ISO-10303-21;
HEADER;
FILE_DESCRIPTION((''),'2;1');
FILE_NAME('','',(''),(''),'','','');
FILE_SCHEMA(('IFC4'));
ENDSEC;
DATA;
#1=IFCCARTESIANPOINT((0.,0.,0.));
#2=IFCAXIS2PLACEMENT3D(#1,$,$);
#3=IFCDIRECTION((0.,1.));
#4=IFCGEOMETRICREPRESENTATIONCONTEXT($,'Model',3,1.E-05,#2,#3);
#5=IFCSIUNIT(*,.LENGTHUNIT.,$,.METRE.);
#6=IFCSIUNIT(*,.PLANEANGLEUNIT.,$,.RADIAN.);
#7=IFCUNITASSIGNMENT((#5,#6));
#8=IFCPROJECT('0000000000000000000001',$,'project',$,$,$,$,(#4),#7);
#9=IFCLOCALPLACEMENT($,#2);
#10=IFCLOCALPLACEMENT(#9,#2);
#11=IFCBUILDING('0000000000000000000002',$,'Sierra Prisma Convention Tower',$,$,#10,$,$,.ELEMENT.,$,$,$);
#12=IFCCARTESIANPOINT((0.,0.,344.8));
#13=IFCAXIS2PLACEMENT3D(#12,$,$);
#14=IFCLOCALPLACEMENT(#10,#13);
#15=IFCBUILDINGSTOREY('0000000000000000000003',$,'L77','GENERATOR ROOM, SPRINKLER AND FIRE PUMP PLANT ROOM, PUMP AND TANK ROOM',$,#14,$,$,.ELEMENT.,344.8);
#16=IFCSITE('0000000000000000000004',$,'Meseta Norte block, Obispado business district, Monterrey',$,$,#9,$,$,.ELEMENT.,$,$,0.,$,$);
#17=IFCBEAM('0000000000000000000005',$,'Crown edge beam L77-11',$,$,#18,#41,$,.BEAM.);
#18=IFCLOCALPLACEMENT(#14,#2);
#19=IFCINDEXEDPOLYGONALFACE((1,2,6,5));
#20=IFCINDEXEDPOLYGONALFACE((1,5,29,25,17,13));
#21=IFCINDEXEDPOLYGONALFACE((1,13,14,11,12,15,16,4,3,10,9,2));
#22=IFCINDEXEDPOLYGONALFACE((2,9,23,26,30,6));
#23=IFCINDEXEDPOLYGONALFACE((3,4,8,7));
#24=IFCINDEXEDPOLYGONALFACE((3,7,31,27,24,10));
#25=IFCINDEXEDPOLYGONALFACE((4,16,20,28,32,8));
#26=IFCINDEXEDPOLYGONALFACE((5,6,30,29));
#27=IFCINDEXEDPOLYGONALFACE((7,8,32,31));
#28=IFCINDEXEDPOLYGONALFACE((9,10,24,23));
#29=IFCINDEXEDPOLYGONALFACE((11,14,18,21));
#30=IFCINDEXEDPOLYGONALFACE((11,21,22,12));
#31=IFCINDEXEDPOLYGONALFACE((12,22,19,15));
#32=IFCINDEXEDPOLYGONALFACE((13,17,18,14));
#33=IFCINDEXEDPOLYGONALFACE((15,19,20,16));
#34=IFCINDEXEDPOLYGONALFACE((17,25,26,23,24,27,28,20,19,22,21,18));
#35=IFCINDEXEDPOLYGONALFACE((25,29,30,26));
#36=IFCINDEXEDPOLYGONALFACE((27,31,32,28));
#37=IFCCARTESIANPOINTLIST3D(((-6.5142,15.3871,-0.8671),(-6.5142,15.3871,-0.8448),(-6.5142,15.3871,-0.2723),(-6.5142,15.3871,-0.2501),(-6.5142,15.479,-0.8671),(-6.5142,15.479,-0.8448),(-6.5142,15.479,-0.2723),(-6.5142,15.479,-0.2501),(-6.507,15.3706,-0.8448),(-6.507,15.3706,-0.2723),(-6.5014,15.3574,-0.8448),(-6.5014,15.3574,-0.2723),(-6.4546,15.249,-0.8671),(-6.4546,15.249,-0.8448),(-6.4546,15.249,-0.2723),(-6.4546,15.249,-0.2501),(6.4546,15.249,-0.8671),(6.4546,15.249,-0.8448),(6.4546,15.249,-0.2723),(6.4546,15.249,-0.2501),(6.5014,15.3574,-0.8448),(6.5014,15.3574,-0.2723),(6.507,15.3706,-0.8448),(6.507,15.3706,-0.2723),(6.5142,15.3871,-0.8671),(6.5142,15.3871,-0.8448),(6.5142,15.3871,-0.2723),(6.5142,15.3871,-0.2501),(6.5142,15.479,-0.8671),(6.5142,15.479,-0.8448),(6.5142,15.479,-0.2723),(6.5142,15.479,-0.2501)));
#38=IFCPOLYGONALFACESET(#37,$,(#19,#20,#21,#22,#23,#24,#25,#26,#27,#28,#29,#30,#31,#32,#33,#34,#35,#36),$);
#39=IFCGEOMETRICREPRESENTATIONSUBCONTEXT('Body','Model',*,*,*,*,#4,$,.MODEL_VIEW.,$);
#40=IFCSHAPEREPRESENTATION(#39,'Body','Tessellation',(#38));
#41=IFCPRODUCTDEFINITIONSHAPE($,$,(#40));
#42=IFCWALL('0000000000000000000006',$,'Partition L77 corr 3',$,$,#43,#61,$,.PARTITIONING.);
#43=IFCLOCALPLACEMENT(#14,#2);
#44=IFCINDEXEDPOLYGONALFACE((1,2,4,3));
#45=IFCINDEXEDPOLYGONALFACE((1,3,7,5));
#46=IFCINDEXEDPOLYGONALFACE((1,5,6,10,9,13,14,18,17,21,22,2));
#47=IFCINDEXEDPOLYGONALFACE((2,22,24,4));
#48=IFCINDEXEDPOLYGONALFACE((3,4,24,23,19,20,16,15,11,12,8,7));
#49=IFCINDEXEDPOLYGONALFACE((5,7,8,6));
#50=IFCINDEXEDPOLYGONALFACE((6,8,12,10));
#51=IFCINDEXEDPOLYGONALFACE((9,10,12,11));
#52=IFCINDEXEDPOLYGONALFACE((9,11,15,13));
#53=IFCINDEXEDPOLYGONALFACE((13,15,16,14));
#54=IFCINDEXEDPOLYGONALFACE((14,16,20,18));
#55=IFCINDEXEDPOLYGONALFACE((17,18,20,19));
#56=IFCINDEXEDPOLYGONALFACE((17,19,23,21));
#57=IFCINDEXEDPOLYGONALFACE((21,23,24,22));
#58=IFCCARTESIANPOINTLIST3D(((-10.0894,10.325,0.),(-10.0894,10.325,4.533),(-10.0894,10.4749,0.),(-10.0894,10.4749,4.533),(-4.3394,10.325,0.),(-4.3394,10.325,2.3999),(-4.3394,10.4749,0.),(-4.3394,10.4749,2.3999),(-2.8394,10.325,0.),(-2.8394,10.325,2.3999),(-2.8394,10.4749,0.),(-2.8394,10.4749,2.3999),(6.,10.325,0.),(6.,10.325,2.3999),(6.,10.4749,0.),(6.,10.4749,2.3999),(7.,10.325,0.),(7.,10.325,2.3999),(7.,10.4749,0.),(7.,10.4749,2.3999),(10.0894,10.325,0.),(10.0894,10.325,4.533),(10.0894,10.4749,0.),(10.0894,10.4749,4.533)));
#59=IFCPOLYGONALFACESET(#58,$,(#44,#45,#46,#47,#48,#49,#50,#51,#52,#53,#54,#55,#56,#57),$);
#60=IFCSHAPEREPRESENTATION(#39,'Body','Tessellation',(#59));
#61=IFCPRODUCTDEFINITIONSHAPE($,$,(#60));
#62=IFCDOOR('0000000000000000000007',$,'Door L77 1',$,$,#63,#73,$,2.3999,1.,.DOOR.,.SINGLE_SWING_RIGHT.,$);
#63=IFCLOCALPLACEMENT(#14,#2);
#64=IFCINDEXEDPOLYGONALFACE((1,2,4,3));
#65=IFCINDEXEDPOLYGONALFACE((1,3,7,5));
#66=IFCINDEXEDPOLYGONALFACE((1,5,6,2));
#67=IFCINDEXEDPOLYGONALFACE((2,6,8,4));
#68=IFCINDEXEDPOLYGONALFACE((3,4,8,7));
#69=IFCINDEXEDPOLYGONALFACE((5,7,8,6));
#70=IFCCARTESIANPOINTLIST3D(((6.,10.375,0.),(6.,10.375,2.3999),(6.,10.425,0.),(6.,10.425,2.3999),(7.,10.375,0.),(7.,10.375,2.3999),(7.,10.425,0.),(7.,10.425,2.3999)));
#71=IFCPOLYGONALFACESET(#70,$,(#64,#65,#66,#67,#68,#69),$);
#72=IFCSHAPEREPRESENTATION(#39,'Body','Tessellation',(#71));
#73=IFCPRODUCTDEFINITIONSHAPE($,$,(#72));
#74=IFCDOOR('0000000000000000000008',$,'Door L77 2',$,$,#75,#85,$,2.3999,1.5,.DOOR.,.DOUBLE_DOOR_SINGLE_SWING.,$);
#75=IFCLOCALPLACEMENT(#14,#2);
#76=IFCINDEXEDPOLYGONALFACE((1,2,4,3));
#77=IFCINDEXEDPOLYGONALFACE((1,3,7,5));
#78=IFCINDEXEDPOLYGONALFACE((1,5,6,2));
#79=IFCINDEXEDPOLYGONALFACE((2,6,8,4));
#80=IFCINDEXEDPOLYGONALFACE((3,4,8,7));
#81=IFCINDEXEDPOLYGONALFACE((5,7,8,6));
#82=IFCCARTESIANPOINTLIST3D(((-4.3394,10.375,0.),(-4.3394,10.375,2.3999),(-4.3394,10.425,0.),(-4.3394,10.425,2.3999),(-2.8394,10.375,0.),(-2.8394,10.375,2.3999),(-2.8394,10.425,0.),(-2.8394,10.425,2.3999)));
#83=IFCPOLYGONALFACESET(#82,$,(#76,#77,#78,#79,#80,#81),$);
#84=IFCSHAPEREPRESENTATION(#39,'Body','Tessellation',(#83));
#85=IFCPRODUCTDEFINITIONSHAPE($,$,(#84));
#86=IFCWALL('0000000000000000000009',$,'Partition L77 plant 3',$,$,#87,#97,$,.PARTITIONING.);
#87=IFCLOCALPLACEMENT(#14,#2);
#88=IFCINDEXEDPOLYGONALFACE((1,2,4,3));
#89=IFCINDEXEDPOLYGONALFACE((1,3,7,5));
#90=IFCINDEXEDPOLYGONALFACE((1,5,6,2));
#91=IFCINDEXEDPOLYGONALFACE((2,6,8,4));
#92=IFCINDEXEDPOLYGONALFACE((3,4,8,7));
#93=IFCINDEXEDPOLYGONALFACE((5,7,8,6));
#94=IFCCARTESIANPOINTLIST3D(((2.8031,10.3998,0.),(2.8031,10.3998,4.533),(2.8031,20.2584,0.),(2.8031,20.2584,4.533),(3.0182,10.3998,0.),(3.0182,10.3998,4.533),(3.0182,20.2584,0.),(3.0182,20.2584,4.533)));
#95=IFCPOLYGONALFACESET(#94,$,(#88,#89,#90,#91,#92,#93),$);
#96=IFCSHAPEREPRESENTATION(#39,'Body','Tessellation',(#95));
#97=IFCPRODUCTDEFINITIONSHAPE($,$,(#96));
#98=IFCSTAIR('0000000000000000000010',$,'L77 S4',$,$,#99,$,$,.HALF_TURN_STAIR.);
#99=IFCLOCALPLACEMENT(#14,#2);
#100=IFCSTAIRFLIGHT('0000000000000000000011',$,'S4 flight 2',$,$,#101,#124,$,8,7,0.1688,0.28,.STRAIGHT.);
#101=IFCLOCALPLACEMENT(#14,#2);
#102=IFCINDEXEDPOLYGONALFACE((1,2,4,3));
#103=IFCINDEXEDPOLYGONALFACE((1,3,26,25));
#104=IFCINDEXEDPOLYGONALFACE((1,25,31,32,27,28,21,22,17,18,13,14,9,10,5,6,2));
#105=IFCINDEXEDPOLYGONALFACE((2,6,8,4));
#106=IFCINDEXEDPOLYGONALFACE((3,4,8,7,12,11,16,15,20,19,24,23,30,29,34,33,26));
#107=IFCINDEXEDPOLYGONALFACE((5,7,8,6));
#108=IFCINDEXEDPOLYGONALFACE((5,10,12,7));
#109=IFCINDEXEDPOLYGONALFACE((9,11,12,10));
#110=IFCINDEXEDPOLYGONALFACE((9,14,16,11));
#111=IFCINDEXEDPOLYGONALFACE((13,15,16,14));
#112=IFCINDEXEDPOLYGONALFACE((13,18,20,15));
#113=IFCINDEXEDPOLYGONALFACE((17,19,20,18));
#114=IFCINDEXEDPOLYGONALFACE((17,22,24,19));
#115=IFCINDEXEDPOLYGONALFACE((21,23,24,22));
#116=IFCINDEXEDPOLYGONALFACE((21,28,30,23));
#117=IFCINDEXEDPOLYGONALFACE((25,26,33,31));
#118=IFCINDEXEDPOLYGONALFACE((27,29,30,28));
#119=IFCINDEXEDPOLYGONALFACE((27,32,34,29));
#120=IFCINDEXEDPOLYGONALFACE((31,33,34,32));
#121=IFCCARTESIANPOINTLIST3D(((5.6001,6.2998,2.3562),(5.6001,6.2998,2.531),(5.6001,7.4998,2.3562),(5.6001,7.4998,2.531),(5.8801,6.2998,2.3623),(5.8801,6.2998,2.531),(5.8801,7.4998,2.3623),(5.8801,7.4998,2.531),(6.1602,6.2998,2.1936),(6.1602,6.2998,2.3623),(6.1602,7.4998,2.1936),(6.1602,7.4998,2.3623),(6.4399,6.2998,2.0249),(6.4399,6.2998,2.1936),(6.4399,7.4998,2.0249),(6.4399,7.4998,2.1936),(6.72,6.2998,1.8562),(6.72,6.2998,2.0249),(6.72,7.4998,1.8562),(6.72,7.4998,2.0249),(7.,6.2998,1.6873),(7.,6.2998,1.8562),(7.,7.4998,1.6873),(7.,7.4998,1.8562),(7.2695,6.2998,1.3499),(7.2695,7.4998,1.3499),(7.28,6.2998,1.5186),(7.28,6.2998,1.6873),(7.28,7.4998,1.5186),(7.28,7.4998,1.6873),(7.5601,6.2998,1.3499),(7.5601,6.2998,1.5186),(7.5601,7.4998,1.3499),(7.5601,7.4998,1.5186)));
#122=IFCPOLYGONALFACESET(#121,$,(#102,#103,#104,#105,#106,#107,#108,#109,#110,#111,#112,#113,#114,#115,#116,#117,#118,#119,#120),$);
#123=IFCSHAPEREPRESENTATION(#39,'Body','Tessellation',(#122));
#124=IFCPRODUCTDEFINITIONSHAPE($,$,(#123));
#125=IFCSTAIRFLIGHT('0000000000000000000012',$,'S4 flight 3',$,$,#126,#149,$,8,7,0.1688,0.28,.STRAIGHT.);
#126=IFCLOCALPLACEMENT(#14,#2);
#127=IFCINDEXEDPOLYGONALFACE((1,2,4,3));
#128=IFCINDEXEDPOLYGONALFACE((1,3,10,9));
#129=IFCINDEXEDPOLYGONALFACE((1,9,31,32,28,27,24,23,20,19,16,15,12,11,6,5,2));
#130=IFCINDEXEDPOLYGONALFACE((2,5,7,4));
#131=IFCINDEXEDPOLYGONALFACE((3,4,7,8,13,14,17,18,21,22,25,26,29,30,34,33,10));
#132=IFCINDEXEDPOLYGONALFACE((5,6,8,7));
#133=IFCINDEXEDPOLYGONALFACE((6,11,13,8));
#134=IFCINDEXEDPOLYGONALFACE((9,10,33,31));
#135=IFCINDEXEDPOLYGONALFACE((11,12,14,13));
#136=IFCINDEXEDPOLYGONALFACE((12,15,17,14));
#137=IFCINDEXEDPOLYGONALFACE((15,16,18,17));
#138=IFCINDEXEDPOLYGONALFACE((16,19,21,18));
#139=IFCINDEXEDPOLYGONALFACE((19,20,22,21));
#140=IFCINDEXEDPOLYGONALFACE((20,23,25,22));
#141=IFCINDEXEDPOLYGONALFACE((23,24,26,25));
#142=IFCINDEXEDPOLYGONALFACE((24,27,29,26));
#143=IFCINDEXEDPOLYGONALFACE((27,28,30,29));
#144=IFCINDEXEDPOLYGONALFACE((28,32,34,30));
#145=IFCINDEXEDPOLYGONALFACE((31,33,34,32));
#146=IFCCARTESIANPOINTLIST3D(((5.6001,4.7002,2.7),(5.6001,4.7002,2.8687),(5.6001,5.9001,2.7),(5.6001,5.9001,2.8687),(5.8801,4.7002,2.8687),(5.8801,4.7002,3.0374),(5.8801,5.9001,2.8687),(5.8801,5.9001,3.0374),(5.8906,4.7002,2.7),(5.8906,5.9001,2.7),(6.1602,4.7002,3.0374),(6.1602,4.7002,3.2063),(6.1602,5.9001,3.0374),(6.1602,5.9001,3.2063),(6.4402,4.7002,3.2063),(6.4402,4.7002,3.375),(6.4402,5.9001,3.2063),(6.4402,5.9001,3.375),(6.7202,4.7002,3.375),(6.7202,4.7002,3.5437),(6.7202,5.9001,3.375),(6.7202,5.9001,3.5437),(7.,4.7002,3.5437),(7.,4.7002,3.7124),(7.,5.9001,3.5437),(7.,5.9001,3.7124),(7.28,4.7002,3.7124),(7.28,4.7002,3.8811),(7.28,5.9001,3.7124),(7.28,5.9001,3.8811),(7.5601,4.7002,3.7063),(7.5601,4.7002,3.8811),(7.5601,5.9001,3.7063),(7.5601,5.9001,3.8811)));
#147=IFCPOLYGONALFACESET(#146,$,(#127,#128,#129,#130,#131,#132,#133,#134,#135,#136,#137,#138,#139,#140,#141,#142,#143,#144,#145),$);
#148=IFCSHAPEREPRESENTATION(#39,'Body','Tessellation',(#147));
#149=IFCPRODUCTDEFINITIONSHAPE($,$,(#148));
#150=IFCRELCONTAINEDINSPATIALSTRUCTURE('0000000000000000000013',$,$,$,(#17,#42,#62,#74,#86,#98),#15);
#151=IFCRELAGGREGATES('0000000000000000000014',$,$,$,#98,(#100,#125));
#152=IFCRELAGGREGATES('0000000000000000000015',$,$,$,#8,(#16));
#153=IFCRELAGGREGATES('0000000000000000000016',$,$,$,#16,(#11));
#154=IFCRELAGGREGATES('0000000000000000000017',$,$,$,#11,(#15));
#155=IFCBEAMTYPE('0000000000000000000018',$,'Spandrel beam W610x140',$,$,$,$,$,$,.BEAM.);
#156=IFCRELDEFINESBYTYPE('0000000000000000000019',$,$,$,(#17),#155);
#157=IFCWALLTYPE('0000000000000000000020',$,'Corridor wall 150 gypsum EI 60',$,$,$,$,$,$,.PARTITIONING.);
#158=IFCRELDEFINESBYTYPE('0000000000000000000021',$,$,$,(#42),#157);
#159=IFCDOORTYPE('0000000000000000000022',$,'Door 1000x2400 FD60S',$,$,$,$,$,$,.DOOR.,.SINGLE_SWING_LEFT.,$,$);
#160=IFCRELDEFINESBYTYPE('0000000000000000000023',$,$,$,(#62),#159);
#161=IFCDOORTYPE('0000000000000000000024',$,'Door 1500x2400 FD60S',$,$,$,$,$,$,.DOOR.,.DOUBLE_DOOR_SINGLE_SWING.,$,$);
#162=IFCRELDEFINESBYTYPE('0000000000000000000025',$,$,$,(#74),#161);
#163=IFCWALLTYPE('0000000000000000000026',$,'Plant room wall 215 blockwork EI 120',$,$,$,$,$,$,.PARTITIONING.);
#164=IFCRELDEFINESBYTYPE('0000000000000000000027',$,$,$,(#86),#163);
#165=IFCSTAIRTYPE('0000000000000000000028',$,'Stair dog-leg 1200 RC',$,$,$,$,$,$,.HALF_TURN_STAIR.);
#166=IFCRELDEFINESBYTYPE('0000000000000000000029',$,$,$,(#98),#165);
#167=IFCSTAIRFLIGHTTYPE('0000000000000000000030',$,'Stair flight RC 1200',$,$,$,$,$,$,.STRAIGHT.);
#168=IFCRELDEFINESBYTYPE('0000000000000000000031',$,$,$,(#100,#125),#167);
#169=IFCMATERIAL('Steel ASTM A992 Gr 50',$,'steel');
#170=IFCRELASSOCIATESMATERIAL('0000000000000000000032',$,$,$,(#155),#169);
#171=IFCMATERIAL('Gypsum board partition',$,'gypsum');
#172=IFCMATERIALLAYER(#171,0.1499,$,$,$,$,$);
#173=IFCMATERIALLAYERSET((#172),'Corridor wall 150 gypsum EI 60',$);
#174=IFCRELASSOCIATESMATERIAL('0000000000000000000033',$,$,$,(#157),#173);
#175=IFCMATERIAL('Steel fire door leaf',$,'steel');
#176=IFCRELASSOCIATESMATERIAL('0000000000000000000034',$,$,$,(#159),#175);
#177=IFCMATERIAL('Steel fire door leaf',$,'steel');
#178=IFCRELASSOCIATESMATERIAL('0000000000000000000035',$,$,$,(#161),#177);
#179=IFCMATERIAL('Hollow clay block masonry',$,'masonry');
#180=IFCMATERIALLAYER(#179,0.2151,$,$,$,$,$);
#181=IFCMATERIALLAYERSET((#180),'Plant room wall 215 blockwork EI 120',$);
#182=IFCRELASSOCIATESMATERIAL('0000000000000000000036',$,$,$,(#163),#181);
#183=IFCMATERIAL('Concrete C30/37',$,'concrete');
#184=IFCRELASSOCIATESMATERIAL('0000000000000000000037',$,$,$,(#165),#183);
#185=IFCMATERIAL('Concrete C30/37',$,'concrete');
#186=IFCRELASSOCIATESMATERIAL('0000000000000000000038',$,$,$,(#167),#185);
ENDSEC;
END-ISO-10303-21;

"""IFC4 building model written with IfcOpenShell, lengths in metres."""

from ifc_helpers import new_model, si_unit, direction, frame, frame_2d, origin, origin_2d, place, context, subcontext, project, spatial, polyline, rectangle, i_section, outline, extrude, clip, halfspace, material, layer, layer_set, material_profile, profile_set, type_object, element, fill, aggregate, save


model = new_model("IFC4")

# Units and contexts
model_context = context("Model", 3, precision=1e-05, world=origin(), true_north=direction((0.0, 1.0)))
body_context = subcontext(model_context, "Body", "Model", "MODEL_VIEW")
ifc_project = project(units=[si_unit("LENGTHUNIT", "METRE"), si_unit("PLANEANGLEUNIT", "RADIAN")], contexts=[model_context])

# Site, building, storey
site_placement = place(None, origin())
site = spatial("IfcSite", under=ifc_project, at=site_placement, Name="Meseta Norte block, Obispado business district, Monterrey", CompositionType="ELEMENT", RefElevation=0.0)
building_placement = place(site_placement, origin())
building = spatial("IfcBuilding", under=site, at=building_placement, Name="Sierra Prisma Convention Tower", CompositionType="ELEMENT")
storey_placement = place(building_placement, frame((0.0, 0.0, 344.8)))
storey = spatial("IfcBuildingStorey", under=building, at=storey_placement, Name="L77", Description="GENERATOR ROOM, SPRINKLER AND FIRE PUMP PLANT ROOM, PUMP AND TANK ROOM", CompositionType="ELEMENT", Elevation=344.8)

# Beam
ifc_material_1 = material(Name="Steel ASTM A992 Gr 50", Category="steel")
ifc_material_profile_1 = material_profile(ifc_material_1, i_section(OverallWidth=0.23, OverallDepth=0.6169, WebThickness=0.0132, FlangeThickness=0.0222, at=origin_2d()), Name="W610x140")
ifc_profile_set_1 = profile_set([ifc_material_profile_1], Name="Steel ASTM A992 Gr 50")
beam_type_1 = type_object("IfcBeamType", Name="Spandrel beam W610x140", PredefinedType="BEAM", material=ifc_profile_set_1)
beam_1_placement = place(storey_placement, frame((6.5142, 15.364, -0.5586), z_axis=(-1.0, 0.0, 0.0), x_axis=(0.0, -1.0, 0.0)))
element("IfcBeam", 1, at=beam_1_placement, inside=storey, type_object=beam_type_1, Name="Crown edge beam L77-11", PredefinedType="BEAM", context=body_context, shape_type="SweptSolid", body=[
    clip(clip(extrude(i_section(OverallWidth=0.23, OverallDepth=0.6169, WebThickness=0.0132, FlangeThickness=0.0222, at=origin_2d()), origin(), (0.0, 0.0, 1.0), 13.0283), halfspace(frame((-0.0452, 0.0, -0.0095), z_axis=(-0.396132, 0.0, 0.918194), x_axis=(0.918194, 0.0, 0.396132)), True)), halfspace(frame((-0.0452, 0.0, 13.0378), z_axis=(-0.396132, 0.0, -0.918194), x_axis=(0.918194, 0.0, -0.396132)), True)),
])

# Wall, openings, doors
ifc_material_2 = material(Name="Gypsum board partition", Category="gypsum")
ifc_layer_1 = layer(ifc_material_2, 0.1499)
ifc_layer_set_1 = layer_set([ifc_layer_1], Name="Corridor wall 150 gypsum EI 60")
wall_type_1 = type_object("IfcWallType", Name="Corridor wall 150 gypsum EI 60", PredefinedType="PARTITIONING", material=ifc_layer_set_1)
wall_1_placement = place(storey_placement, frame((10.0894, 10.3999, 0.0), z_axis=(0.0, 0.0, 1.0), x_axis=(-1.0, 0.0, 0.0)))
wall_1 = element("IfcWall", 2, at=wall_1_placement, inside=storey, type_object=wall_type_1, Name="Partition L77 corr 3", PredefinedType="PARTITIONING", context=body_context, shape_type="SweptSolid", body=[
    extrude(rectangle(XDim=20.1787, YDim=0.1499, at=frame_2d((10.0894, 0.0))), origin(), (0.0, 0.0, 1.0), 4.533),
])
opening_1_placement = place(wall_1_placement, frame((3.0894, 0.0, 0.0)))
opening_1 = element("IfcOpeningElement", 3, at=opening_1_placement, cuts=wall_1, PredefinedType="OPENING", context=body_context, shape_type="SweptSolid", body=[
    extrude(rectangle(XDim=1.0, YDim=2.3999, at=frame_2d((0.5, 1.2))), frame((0.0, 0.075, 0.0), z_axis=(0.0, -1.0, 0.0), x_axis=(1.0, 0.0, 0.0)), (0.0, 0.0, 1.0), 0.1499),
])
opening_2_placement = place(wall_1_placement, frame((12.9287, 0.0, 0.0)))
opening_2 = element("IfcOpeningElement", 4, at=opening_2_placement, cuts=wall_1, PredefinedType="OPENING", context=body_context, shape_type="SweptSolid", body=[
    extrude(rectangle(XDim=1.5, YDim=2.3999, at=frame_2d((0.75, 1.2))), frame((0.0, 0.075, 0.0), z_axis=(0.0, -1.0, 0.0), x_axis=(1.0, 0.0, 0.0)), (0.0, 0.0, 1.0), 0.1499),
])
ifc_material_3 = material(Name="Steel fire door leaf", Category="steel")
door_type_1 = type_object("IfcDoorType", Name="Door 1000x2400 FD60S", OperationType="SINGLE_SWING_LEFT", PredefinedType="DOOR", material=ifc_material_3)
door_1_placement = place(opening_1_placement, origin())
door_1 = element("IfcDoor", 5, at=door_1_placement, inside=storey, type_object=door_type_1, Name="Door L77 1", OperationType="SINGLE_SWING_RIGHT", OverallHeight=2.3999, OverallWidth=1.0, PredefinedType="DOOR", context=body_context, shape_type="SweptSolid", body=[
    extrude(rectangle(XDim=1.0, YDim=2.3999, at=frame_2d((0.5, 1.2))), frame((0.0, 0.0249, 0.0), z_axis=(0.0, -1.0, 0.0), x_axis=(1.0, 0.0, 0.0)), (0.0, 0.0, 1.0), 0.05),
])
fill(opening_1, door_1)
ifc_material_4 = material(Name="Steel fire door leaf", Category="steel")
door_type_2 = type_object("IfcDoorType", Name="Door 1500x2400 FD60S", OperationType="DOUBLE_DOOR_SINGLE_SWING", PredefinedType="DOOR", material=ifc_material_4)
door_2_placement = place(opening_2_placement, origin())
door_2 = element("IfcDoor", 6, at=door_2_placement, inside=storey, type_object=door_type_2, Name="Door L77 2", OperationType="DOUBLE_DOOR_SINGLE_SWING", OverallHeight=2.3999, OverallWidth=1.5, PredefinedType="DOOR", context=body_context, shape_type="SweptSolid", body=[
    extrude(rectangle(XDim=1.5, YDim=2.3999, at=frame_2d((0.75, 1.2))), frame((0.0, 0.0249, 0.0), z_axis=(0.0, -1.0, 0.0), x_axis=(1.0, 0.0, 0.0)), (0.0, 0.0, 1.0), 0.05),
])
fill(opening_2, door_2)

# Wall
ifc_material_5 = material(Name="Hollow clay block masonry", Category="masonry")
ifc_layer_2 = layer(ifc_material_5, 0.2151)
ifc_layer_set_2 = layer_set([ifc_layer_2], Name="Plant room wall 215 blockwork EI 120")
wall_type_2 = type_object("IfcWallType", Name="Plant room wall 215 blockwork EI 120", PredefinedType="PARTITIONING", material=ifc_layer_set_2)
wall_2_placement = place(storey_placement, frame((2.9106, 10.3999, 0.0), z_axis=(0.0, 0.0, 1.0), x_axis=(0.0, 1.0, 0.0)))
element("IfcWall", 7, at=wall_2_placement, inside=storey, type_object=wall_type_2, Name="Partition L77 plant 3", PredefinedType="PARTITIONING", context=body_context, shape_type="SweptSolid", body=[
    extrude(rectangle(XDim=9.8586, YDim=0.2151, at=frame_2d((4.9292, 0.0))), origin(), (0.0, 0.0, 1.0), 4.533),
])

# Stair, stair flights
ifc_material_6 = material(Name="Concrete C30/37", Category="concrete")
stair_type = type_object("IfcStairType", Name="Stair dog-leg 1200 RC", PredefinedType="HALF_TURN_STAIR", material=ifc_material_6)
stair_placement = place(storey_placement, origin())
stair = element("IfcStair", 8, at=stair_placement, inside=storey, type_object=stair_type, Name="L77 S4", PredefinedType="HALF_TURN_STAIR")
ifc_material_7 = material(Name="Concrete C30/37", Category="concrete")
stair_flight_type = type_object("IfcStairFlightType", Name="Stair flight RC 1200", PredefinedType="STRAIGHT", material=ifc_material_7)
stair_flight_1_placement = place(storey_placement, frame((7.5601, 6.8999, 1.3499), z_axis=(0.0, 0.0, 1.0), x_axis=(-1.0, 0.0, 0.0)))
stair_flight_1 = element("IfcStairFlight", 9, at=stair_flight_1_placement, type_object=stair_flight_type, Name="S4 flight 2", NumberOfRisers=8, NumberOfTreads=7, PredefinedType="STRAIGHT", RiserHeight=0.1688, TreadLength=0.28, context=body_context, shape_type="SweptSolid", body=[
    extrude(outline(polyline([(0.0, 0.0), (0.0, 0.1687), (0.28, 0.1687), (0.28, 0.3374), (0.5601, 0.3374), (0.5601, 0.5063), (0.8401, 0.5063), (0.8401, 0.675), (1.1201, 0.675), (1.1201, 0.8438), (1.3999, 0.8438), (1.3999, 1.0125), (1.6799, 1.0125), (1.6799, 1.1812), (1.96, 1.1812), (1.96, 1.3501), (1.96, 1.0063), (0.2905, 0.0), (0.0, 0.0)])), frame((0.0, 0.6001, 0.0), z_axis=(0.0, -1.0, 0.0), x_axis=(1.0, 0.0, 0.0)), (0.0, 0.0, 1.0), 1.2),
])
stair_flight_2_placement = place(storey_placement, frame((5.6001, 5.3, 2.7), z_axis=(0.0, 0.0, 1.0), x_axis=(1.0, 0.0, 0.0)))
stair_flight_2 = element("IfcStairFlight", 10, at=stair_flight_2_placement, type_object=stair_flight_type, Name="S4 flight 3", NumberOfRisers=8, NumberOfTreads=7, PredefinedType="STRAIGHT", RiserHeight=0.1688, TreadLength=0.28, context=body_context, shape_type="SweptSolid", body=[
    extrude(outline(polyline([(0.0, 0.0), (0.0, 0.1687), (0.28, 0.1687), (0.28, 0.3374), (0.5601, 0.3374), (0.5601, 0.5063), (0.8401, 0.5063), (0.8401, 0.675), (1.1201, 0.675), (1.1201, 0.8438), (1.3999, 0.8438), (1.3999, 1.0125), (1.6799, 1.0125), (1.6799, 1.1812), (1.96, 1.1812), (1.96, 1.3501), (1.96, 1.0063), (0.2905, 0.0), (0.0, 0.0)])), frame((0.0, 0.6001, 0.0), z_axis=(0.0, -1.0, 0.0), x_axis=(1.0, 0.0, 0.0)), (0.0, 0.0, 1.0), 1.2),
])
aggregate(stair, [stair_flight_1, stair_flight_2])

save(model, "model.ifc")
